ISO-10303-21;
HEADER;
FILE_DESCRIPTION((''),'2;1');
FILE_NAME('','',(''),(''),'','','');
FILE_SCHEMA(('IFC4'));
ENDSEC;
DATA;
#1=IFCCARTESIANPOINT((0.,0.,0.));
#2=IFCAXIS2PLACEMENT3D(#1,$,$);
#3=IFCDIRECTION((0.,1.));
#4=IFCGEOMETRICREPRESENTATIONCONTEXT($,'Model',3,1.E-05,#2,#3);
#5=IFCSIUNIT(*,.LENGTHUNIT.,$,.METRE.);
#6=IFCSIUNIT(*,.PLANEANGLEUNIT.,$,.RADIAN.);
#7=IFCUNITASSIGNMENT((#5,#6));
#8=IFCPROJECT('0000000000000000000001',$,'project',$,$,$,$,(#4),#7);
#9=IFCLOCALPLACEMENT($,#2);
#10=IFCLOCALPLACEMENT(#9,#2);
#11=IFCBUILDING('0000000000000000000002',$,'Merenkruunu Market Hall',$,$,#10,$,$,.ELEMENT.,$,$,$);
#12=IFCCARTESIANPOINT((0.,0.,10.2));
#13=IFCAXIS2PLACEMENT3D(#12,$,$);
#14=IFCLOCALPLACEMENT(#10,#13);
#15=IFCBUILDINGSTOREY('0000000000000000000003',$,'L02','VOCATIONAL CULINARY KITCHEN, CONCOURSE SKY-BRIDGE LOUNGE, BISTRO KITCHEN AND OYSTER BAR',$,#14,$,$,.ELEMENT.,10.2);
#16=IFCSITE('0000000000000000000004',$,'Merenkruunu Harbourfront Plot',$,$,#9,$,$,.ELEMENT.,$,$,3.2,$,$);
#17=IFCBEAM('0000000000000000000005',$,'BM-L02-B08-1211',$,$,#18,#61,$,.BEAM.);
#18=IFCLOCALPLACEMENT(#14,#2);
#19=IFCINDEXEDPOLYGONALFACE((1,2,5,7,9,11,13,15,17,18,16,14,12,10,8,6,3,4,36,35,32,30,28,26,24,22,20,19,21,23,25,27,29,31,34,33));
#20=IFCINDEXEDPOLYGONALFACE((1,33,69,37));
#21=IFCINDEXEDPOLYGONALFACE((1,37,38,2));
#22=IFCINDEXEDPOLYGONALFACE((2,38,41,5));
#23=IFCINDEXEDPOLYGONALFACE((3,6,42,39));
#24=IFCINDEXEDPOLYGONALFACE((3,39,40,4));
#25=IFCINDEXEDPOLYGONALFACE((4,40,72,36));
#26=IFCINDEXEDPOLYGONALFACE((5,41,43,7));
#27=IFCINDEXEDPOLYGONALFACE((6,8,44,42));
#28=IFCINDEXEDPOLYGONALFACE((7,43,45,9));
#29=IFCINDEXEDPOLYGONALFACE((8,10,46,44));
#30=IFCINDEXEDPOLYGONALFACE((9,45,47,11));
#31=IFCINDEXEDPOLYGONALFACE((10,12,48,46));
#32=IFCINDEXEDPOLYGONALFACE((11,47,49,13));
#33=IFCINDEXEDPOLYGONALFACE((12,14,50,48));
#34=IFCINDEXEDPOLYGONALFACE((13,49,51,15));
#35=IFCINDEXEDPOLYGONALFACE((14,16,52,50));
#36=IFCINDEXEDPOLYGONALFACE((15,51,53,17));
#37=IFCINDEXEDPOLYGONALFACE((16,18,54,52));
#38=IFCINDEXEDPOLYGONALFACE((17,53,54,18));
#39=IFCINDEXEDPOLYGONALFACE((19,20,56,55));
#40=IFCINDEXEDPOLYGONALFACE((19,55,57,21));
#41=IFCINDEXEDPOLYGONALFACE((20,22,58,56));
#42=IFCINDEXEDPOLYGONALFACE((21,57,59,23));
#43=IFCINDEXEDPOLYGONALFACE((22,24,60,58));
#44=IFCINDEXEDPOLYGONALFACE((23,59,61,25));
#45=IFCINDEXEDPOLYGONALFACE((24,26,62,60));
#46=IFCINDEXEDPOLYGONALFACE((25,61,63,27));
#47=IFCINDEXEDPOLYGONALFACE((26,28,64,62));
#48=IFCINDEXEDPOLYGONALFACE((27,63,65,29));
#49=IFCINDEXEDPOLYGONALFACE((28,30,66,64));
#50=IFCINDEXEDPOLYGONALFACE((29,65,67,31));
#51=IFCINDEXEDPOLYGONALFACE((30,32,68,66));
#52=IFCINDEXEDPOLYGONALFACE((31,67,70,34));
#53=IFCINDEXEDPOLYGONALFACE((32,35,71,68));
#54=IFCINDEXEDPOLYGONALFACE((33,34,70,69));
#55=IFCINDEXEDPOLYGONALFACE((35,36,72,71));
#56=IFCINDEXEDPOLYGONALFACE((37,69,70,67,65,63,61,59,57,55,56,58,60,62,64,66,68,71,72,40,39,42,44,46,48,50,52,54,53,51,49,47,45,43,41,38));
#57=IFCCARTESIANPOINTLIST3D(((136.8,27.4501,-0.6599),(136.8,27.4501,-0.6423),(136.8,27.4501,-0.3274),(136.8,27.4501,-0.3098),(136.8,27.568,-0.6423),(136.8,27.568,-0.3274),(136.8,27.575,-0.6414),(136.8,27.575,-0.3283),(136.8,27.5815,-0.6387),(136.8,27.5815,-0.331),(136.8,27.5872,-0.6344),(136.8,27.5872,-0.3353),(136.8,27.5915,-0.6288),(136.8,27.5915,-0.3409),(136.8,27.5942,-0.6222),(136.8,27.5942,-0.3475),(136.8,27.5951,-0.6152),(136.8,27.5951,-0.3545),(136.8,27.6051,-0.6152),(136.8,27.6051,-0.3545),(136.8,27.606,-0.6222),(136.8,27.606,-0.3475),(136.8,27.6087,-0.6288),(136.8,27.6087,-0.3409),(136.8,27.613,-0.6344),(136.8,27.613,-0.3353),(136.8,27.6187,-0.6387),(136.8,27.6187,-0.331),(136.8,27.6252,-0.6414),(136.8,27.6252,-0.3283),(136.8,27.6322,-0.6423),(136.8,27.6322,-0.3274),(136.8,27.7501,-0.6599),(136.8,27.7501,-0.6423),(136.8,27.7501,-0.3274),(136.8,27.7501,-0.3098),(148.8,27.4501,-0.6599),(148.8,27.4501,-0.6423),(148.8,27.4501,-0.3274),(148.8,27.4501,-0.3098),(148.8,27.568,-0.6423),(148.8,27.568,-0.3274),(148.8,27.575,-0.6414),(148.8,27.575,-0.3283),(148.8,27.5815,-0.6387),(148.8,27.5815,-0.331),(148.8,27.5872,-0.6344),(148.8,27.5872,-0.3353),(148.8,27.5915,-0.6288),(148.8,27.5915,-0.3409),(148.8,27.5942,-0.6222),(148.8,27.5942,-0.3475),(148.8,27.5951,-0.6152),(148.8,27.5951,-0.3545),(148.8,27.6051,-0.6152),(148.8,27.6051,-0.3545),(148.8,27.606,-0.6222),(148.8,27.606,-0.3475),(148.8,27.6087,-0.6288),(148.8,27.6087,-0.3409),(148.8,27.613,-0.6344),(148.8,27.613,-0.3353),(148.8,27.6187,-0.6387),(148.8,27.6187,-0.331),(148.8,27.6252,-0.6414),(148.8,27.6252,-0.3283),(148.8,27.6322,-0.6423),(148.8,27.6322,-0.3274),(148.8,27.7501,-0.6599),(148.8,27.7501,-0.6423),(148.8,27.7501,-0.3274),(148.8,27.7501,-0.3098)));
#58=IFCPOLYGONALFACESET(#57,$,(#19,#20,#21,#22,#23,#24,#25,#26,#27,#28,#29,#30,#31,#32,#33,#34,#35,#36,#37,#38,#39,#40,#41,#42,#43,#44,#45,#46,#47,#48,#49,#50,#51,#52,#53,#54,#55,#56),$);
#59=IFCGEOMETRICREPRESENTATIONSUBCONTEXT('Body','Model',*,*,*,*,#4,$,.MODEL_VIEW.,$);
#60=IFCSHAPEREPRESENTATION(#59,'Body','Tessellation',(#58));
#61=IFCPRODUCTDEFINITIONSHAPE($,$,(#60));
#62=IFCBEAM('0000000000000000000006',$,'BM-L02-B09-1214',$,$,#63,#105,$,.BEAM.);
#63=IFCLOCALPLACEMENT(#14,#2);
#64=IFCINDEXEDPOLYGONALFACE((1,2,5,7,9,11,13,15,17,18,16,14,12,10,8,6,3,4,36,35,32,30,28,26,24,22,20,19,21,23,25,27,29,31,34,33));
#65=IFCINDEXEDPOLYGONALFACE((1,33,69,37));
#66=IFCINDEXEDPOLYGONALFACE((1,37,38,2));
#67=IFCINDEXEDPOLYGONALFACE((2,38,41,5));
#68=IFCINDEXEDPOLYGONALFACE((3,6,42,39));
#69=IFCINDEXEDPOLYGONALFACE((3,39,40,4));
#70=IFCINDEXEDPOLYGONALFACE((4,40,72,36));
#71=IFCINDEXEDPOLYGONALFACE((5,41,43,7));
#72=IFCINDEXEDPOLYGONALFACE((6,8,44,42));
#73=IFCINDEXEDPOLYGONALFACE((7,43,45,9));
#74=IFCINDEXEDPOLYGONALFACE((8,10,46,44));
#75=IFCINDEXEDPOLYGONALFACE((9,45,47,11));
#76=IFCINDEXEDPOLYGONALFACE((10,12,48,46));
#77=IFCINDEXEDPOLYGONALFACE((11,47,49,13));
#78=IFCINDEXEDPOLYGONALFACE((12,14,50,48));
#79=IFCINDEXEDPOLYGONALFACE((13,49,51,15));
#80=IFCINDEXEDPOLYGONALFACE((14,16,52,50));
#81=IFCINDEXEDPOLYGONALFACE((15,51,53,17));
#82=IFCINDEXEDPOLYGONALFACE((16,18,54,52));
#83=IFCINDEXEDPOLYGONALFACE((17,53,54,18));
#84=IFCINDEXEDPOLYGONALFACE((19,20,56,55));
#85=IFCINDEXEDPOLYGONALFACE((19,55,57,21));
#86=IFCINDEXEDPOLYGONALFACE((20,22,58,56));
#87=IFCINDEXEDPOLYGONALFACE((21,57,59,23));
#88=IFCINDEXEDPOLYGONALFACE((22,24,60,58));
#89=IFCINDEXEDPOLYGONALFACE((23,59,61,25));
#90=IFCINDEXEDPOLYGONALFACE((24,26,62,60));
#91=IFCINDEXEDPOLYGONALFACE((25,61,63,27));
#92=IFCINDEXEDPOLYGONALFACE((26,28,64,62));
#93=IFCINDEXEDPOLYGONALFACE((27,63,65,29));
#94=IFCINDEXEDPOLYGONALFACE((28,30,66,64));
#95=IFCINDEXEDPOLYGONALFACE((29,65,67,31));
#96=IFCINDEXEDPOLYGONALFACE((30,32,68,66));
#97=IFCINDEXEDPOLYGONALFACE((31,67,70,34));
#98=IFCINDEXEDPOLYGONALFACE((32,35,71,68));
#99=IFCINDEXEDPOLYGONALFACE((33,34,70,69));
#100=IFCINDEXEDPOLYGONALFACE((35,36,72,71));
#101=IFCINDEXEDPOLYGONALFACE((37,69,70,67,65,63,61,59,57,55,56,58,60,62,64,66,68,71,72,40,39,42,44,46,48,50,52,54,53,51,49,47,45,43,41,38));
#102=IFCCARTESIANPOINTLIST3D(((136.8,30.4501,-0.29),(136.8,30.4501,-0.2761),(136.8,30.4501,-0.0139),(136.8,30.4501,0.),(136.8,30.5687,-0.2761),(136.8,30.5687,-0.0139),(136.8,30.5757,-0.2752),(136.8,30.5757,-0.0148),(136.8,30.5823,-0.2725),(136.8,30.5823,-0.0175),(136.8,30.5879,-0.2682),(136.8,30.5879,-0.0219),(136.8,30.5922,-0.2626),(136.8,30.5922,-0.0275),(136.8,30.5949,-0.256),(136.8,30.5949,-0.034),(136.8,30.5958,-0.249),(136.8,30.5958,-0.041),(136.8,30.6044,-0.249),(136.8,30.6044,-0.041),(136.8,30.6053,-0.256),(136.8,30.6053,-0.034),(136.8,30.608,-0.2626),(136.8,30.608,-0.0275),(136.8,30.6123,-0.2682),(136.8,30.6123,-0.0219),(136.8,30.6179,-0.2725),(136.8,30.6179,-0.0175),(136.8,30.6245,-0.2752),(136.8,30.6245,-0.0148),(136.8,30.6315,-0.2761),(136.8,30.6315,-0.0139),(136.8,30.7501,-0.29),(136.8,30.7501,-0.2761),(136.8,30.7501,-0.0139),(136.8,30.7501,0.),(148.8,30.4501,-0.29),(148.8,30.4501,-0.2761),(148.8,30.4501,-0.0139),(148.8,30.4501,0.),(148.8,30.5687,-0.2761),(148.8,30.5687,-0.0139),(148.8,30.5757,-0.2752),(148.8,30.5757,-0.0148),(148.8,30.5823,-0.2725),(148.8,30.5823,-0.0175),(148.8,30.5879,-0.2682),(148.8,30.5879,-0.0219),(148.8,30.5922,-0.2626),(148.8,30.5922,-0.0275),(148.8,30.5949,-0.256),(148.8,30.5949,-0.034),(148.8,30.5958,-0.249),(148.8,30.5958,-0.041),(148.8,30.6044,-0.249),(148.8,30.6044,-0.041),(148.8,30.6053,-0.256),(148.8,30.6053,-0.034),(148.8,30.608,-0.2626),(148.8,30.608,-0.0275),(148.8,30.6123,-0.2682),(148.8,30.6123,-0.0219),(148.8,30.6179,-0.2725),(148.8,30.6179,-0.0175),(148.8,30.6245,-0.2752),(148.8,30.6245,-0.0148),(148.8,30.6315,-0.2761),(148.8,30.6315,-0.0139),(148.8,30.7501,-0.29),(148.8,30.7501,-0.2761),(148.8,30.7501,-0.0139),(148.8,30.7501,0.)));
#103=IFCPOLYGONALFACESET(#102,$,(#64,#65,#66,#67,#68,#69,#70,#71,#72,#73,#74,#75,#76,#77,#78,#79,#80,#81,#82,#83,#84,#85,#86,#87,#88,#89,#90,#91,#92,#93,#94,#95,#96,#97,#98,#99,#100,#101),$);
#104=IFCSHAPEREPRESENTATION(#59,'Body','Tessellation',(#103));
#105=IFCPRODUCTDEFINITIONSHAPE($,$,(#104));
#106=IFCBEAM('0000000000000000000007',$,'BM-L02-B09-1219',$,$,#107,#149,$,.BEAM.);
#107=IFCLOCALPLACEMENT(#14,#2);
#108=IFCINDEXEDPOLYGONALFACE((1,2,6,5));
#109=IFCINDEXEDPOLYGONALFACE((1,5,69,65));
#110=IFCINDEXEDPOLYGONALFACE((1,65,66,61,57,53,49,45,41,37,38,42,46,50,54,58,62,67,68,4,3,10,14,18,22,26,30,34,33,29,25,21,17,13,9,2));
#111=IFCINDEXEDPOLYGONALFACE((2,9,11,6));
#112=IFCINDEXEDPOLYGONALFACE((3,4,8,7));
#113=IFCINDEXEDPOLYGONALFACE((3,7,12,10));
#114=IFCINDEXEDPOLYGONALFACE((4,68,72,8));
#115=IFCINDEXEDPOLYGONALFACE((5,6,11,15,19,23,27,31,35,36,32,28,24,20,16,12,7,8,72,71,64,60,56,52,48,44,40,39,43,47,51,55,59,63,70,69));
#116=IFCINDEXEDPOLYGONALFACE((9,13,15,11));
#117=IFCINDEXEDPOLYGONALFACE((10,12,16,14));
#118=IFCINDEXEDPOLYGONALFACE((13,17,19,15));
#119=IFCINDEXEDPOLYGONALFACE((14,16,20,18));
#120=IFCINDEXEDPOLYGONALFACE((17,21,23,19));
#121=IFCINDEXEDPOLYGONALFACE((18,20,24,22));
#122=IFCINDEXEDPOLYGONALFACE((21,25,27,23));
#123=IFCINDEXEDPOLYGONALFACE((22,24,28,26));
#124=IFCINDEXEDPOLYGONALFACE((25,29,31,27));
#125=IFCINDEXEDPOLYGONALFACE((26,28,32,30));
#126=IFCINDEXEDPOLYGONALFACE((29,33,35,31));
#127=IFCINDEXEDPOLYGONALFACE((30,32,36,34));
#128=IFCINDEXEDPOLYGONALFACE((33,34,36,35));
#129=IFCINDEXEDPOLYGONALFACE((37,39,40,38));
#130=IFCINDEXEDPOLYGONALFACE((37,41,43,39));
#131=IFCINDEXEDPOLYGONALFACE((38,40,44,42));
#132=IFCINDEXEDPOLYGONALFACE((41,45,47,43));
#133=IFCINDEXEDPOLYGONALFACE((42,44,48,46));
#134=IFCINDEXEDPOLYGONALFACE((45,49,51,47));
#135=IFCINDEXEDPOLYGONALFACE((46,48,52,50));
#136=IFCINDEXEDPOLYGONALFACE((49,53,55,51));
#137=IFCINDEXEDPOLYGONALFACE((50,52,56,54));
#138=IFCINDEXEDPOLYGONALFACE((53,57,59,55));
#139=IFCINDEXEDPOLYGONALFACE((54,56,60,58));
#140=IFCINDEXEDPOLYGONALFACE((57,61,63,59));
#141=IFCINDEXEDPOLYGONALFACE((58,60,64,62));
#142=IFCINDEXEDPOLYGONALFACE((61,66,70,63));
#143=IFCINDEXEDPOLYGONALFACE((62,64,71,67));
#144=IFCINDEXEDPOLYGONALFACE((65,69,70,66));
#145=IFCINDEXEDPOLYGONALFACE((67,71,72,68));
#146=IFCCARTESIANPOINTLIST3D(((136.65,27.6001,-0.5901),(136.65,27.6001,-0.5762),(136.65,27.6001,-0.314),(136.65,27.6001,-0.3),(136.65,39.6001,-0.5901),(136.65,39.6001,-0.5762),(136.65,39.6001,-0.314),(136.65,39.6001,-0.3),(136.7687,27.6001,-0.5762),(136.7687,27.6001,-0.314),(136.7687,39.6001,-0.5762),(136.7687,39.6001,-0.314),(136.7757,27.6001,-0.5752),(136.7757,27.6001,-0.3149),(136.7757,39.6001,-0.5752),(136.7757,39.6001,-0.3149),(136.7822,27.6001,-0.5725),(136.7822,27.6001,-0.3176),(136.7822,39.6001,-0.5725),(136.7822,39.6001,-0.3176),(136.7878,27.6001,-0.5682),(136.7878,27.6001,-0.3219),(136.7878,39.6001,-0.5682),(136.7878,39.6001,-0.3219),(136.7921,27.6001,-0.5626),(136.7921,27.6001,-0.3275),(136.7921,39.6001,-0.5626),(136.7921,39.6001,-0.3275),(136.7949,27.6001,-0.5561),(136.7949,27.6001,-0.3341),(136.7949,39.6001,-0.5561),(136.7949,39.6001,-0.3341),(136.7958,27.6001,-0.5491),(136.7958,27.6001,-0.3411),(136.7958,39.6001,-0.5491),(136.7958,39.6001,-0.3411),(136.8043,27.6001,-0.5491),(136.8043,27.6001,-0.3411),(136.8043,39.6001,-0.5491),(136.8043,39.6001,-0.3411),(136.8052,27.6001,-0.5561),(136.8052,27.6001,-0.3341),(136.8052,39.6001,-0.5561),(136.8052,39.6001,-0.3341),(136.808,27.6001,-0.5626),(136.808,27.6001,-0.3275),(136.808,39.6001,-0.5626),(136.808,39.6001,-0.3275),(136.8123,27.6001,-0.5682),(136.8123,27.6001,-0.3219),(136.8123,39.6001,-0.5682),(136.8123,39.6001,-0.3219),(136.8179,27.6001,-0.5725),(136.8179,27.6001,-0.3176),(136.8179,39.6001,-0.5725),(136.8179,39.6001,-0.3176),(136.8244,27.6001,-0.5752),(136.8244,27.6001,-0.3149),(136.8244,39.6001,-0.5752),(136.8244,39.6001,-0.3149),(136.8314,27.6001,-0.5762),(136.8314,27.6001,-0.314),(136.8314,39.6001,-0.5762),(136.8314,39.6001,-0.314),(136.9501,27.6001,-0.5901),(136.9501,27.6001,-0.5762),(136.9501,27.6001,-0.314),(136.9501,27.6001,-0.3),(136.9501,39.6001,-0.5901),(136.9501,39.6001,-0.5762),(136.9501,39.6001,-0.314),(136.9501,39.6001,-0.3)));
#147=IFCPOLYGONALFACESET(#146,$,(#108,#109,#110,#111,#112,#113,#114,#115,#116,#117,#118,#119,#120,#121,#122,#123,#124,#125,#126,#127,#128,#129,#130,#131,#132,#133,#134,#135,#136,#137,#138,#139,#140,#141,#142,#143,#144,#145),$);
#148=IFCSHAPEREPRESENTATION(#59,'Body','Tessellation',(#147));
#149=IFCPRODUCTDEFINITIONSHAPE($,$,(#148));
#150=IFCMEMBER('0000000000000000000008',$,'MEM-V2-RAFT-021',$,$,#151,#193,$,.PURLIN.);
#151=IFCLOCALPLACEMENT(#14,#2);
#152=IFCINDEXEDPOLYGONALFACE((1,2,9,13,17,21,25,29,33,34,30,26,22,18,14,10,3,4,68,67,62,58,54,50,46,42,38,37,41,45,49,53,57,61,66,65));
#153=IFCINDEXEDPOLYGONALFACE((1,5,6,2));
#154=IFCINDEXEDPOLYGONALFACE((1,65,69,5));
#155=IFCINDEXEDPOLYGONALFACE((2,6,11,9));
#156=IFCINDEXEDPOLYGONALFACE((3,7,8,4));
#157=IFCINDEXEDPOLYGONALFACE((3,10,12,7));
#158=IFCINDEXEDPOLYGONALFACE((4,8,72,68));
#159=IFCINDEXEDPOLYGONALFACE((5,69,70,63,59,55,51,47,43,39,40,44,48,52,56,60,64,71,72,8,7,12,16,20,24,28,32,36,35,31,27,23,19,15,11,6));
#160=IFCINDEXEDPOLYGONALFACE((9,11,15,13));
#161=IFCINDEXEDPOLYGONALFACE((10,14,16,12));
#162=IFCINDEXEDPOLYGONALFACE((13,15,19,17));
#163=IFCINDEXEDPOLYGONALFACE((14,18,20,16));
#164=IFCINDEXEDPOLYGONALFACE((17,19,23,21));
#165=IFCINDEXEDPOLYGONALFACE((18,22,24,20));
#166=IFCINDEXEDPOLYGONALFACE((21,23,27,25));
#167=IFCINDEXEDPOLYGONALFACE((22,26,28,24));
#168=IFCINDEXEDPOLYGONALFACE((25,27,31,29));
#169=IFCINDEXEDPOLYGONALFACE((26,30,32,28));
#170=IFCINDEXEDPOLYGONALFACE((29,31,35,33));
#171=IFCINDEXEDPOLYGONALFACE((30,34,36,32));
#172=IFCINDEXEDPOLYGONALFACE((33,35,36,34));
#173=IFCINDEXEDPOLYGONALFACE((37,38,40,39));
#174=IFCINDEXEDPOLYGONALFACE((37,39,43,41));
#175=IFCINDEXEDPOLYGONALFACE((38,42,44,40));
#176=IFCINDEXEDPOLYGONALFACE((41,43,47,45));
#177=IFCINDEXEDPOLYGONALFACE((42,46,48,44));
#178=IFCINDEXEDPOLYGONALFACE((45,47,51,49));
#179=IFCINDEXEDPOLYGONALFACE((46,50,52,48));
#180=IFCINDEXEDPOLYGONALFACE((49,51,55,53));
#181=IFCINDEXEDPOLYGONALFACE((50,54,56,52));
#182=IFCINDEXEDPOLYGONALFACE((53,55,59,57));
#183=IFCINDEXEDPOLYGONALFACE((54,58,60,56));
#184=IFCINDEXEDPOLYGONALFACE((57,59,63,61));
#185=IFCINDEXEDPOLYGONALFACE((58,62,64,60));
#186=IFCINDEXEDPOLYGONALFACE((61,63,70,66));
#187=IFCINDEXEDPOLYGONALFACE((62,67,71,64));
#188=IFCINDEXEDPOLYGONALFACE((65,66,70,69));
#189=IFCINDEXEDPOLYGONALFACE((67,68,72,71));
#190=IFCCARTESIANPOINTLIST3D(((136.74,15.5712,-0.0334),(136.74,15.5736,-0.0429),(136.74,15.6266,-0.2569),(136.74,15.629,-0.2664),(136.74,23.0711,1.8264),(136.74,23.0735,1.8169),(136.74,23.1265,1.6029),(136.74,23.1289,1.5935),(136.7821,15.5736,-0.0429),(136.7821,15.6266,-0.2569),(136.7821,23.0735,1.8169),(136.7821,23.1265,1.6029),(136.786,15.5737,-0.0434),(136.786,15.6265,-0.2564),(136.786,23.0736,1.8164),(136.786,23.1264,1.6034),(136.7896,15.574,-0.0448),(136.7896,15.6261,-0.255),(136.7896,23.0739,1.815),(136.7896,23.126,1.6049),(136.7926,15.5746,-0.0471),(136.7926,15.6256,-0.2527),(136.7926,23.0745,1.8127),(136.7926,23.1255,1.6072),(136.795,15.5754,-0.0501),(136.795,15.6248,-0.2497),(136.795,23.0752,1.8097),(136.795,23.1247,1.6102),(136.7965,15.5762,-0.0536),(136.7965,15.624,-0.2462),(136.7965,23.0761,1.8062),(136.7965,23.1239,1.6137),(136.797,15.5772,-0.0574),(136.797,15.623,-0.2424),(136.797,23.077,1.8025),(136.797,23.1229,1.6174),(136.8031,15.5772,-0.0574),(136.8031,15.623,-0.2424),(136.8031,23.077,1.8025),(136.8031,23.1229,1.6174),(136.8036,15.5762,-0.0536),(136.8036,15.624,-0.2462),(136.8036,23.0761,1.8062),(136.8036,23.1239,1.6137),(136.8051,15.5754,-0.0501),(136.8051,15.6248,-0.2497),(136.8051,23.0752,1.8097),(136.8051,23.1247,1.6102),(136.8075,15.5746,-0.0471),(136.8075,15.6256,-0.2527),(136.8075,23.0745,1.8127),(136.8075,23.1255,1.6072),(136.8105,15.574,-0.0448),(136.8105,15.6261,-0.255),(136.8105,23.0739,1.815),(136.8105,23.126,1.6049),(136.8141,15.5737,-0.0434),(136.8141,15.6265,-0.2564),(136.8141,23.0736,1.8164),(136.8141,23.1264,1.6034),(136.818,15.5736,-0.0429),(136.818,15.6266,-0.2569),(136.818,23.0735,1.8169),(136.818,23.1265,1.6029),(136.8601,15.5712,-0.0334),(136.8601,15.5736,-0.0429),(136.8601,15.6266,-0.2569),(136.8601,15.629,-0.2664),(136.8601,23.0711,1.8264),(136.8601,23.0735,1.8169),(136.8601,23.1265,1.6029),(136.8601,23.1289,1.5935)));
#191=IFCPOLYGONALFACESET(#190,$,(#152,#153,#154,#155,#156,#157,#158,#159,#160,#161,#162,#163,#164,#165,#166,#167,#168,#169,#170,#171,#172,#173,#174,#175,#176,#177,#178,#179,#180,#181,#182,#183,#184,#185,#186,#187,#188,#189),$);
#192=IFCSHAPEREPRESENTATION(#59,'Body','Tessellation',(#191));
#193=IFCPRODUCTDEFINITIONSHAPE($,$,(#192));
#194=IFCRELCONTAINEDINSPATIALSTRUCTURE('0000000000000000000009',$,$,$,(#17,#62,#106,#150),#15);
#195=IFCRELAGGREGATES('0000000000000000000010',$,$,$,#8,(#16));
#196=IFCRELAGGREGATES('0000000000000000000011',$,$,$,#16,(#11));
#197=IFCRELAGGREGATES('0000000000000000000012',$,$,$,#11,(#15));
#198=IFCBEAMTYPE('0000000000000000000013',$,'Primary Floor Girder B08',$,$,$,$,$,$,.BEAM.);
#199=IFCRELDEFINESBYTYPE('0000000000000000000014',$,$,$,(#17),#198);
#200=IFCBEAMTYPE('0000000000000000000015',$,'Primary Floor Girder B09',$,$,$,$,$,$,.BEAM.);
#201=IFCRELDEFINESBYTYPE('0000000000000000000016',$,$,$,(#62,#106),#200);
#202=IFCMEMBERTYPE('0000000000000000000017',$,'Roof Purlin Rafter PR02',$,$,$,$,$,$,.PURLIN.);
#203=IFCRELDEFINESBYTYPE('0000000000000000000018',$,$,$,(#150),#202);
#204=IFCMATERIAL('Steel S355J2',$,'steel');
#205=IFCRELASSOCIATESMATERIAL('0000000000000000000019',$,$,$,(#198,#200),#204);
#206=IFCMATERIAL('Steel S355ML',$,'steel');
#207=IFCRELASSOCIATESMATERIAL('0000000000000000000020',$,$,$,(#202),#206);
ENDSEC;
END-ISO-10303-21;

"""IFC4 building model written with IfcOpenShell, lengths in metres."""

from ifc_helpers import new_model, si_unit, direction, frame, origin, origin_2d, place, context, subcontext, project, spatial, i_section, extrude, material, material_profile, profile_set, type_object, element, save


model = new_model("IFC4")

# Units and contexts
model_context = context("Model", 3, precision=1e-05, world=origin(), true_north=direction((0.0, 1.0)))
body_context = subcontext(model_context, "Body", "Model", "MODEL_VIEW")
ifc_project = project(units=[si_unit("LENGTHUNIT", "METRE"), si_unit("PLANEANGLEUNIT", "RADIAN")], contexts=[model_context])

# Site, building, storey
site_placement = place(None, origin())
site = spatial("IfcSite", under=ifc_project, at=site_placement, Name="Merenkruunu Harbourfront Plot", CompositionType="ELEMENT", RefElevation=3.2)
building_placement = place(site_placement, origin())
building = spatial("IfcBuilding", under=site, at=building_placement, Name="Merenkruunu Market Hall", CompositionType="ELEMENT")
storey_placement = place(building_placement, frame((0.0, 0.0, 10.2)))
storey = spatial("IfcBuildingStorey", under=building, at=storey_placement, Name="L02", Description="VOCATIONAL CULINARY KITCHEN, CONCOURSE SKY-BRIDGE LOUNGE, BISTRO KITCHEN AND OYSTER BAR", CompositionType="ELEMENT", Elevation=10.2)

# Shared definitions
ifc_material_1 = material(Name="Steel S355J2", Category="steel")

# Beams
ifc_material_profile_1 = material_profile(ifc_material_1, i_section(OverallWidth=0.3, OverallDepth=0.3501, WebThickness=0.01, FlangeThickness=0.0176, FilletRadius=0.0271, at=origin_2d()), Name="HEA 360")
ifc_profile_set_1 = profile_set([ifc_material_profile_1], Name="Steel S355J2")
beam_type_1 = type_object("IfcBeamType", Name="Primary Floor Girder B08", PredefinedType="BEAM", material=ifc_profile_set_1)
for number, where, z_axis, x_axis, name in (
    (1, (136.8, 27.6001, -0.4849), (1.0, 0.0, 0.0), (0.0, 1.0, 0.0), "BM-L02-B08-1211"),
):
    element("IfcBeam", number, at=place(storey_placement, frame(where, z_axis=z_axis, x_axis=x_axis)), inside=storey, type_object=beam_type_1, Name=name, PredefinedType="BEAM", context=body_context, shape_type="SweptSolid", body=[
        extrude(i_section(OverallWidth=0.3, OverallDepth=0.3501, WebThickness=0.01, FlangeThickness=0.0176, FilletRadius=0.0271, at=origin_2d()), origin(), (0.0, 0.0, 1.0), 12.0),
    ])
ifc_material_profile_2 = material_profile(ifc_material_1, i_section(OverallWidth=0.3, OverallDepth=0.29, WebThickness=0.0085, FlangeThickness=0.0139, FilletRadius=0.0271, at=origin_2d()), Name="HEA 300")
ifc_profile_set_2 = profile_set([ifc_material_profile_2], Name="Steel S355J2")
beam_type_2 = type_object("IfcBeamType", Name="Primary Floor Girder B09", PredefinedType="BEAM", material=ifc_profile_set_2)
for number, where, z_axis, x_axis, name in (
    (2, (136.8, 30.6001, -0.145), (1.0, 0.0, 0.0), (0.0, 1.0, 0.0), "BM-L02-B09-1214"),
    (3, (136.8, 27.6001, -0.4451), (0.0, 1.0, 0.0), (-1.0, 0.0, 0.0), "BM-L02-B09-1219"),
):
    element("IfcBeam", number, at=place(storey_placement, frame(where, z_axis=z_axis, x_axis=x_axis)), inside=storey, type_object=beam_type_2, Name=name, PredefinedType="BEAM", context=body_context, shape_type="SweptSolid", body=[
        extrude(i_section(OverallWidth=0.3, OverallDepth=0.29, WebThickness=0.0085, FlangeThickness=0.0139, FilletRadius=0.0271, at=origin_2d()), origin(), (0.0, 0.0, 1.0), 12.0),
    ])

# Member
ifc_material_2 = material(Name="Steel S355ML", Category="steel")
ifc_material_profile_3 = material_profile(ifc_material_2, i_section(OverallWidth=0.1201, OverallDepth=0.24, WebThickness=0.0061, FlangeThickness=0.0098, FilletRadius=0.0149, at=origin_2d()), Name="IPE 240")
ifc_profile_set_3 = profile_set([ifc_material_profile_3], Name="Steel S355ML")
member_type_1 = type_object("IfcMemberType", Name="Roof Purlin Rafter PR02", PredefinedType="PURLIN", material=ifc_profile_set_3)
for number, where, z_axis, x_axis, name in (
    (4, (136.8, 15.6001, -0.1499), (0.0, 0.970602, 0.240692), (-1.0, 0.0, 0.0), "MEM-V2-RAFT-021"),
):
    element("IfcMember", number, at=place(storey_placement, frame(where, z_axis=z_axis, x_axis=x_axis)), inside=storey, type_object=member_type_1, Name=name, PredefinedType="PURLIN", context=body_context, shape_type="SweptSolid", body=[
        extrude(i_section(OverallWidth=0.1201, OverallDepth=0.24, WebThickness=0.0061, FlangeThickness=0.0098, FilletRadius=0.0149, at=origin_2d()), origin(), (0.0, 0.0, 1.0), 7.7271),
    ])

save(model, "model.ifc")
